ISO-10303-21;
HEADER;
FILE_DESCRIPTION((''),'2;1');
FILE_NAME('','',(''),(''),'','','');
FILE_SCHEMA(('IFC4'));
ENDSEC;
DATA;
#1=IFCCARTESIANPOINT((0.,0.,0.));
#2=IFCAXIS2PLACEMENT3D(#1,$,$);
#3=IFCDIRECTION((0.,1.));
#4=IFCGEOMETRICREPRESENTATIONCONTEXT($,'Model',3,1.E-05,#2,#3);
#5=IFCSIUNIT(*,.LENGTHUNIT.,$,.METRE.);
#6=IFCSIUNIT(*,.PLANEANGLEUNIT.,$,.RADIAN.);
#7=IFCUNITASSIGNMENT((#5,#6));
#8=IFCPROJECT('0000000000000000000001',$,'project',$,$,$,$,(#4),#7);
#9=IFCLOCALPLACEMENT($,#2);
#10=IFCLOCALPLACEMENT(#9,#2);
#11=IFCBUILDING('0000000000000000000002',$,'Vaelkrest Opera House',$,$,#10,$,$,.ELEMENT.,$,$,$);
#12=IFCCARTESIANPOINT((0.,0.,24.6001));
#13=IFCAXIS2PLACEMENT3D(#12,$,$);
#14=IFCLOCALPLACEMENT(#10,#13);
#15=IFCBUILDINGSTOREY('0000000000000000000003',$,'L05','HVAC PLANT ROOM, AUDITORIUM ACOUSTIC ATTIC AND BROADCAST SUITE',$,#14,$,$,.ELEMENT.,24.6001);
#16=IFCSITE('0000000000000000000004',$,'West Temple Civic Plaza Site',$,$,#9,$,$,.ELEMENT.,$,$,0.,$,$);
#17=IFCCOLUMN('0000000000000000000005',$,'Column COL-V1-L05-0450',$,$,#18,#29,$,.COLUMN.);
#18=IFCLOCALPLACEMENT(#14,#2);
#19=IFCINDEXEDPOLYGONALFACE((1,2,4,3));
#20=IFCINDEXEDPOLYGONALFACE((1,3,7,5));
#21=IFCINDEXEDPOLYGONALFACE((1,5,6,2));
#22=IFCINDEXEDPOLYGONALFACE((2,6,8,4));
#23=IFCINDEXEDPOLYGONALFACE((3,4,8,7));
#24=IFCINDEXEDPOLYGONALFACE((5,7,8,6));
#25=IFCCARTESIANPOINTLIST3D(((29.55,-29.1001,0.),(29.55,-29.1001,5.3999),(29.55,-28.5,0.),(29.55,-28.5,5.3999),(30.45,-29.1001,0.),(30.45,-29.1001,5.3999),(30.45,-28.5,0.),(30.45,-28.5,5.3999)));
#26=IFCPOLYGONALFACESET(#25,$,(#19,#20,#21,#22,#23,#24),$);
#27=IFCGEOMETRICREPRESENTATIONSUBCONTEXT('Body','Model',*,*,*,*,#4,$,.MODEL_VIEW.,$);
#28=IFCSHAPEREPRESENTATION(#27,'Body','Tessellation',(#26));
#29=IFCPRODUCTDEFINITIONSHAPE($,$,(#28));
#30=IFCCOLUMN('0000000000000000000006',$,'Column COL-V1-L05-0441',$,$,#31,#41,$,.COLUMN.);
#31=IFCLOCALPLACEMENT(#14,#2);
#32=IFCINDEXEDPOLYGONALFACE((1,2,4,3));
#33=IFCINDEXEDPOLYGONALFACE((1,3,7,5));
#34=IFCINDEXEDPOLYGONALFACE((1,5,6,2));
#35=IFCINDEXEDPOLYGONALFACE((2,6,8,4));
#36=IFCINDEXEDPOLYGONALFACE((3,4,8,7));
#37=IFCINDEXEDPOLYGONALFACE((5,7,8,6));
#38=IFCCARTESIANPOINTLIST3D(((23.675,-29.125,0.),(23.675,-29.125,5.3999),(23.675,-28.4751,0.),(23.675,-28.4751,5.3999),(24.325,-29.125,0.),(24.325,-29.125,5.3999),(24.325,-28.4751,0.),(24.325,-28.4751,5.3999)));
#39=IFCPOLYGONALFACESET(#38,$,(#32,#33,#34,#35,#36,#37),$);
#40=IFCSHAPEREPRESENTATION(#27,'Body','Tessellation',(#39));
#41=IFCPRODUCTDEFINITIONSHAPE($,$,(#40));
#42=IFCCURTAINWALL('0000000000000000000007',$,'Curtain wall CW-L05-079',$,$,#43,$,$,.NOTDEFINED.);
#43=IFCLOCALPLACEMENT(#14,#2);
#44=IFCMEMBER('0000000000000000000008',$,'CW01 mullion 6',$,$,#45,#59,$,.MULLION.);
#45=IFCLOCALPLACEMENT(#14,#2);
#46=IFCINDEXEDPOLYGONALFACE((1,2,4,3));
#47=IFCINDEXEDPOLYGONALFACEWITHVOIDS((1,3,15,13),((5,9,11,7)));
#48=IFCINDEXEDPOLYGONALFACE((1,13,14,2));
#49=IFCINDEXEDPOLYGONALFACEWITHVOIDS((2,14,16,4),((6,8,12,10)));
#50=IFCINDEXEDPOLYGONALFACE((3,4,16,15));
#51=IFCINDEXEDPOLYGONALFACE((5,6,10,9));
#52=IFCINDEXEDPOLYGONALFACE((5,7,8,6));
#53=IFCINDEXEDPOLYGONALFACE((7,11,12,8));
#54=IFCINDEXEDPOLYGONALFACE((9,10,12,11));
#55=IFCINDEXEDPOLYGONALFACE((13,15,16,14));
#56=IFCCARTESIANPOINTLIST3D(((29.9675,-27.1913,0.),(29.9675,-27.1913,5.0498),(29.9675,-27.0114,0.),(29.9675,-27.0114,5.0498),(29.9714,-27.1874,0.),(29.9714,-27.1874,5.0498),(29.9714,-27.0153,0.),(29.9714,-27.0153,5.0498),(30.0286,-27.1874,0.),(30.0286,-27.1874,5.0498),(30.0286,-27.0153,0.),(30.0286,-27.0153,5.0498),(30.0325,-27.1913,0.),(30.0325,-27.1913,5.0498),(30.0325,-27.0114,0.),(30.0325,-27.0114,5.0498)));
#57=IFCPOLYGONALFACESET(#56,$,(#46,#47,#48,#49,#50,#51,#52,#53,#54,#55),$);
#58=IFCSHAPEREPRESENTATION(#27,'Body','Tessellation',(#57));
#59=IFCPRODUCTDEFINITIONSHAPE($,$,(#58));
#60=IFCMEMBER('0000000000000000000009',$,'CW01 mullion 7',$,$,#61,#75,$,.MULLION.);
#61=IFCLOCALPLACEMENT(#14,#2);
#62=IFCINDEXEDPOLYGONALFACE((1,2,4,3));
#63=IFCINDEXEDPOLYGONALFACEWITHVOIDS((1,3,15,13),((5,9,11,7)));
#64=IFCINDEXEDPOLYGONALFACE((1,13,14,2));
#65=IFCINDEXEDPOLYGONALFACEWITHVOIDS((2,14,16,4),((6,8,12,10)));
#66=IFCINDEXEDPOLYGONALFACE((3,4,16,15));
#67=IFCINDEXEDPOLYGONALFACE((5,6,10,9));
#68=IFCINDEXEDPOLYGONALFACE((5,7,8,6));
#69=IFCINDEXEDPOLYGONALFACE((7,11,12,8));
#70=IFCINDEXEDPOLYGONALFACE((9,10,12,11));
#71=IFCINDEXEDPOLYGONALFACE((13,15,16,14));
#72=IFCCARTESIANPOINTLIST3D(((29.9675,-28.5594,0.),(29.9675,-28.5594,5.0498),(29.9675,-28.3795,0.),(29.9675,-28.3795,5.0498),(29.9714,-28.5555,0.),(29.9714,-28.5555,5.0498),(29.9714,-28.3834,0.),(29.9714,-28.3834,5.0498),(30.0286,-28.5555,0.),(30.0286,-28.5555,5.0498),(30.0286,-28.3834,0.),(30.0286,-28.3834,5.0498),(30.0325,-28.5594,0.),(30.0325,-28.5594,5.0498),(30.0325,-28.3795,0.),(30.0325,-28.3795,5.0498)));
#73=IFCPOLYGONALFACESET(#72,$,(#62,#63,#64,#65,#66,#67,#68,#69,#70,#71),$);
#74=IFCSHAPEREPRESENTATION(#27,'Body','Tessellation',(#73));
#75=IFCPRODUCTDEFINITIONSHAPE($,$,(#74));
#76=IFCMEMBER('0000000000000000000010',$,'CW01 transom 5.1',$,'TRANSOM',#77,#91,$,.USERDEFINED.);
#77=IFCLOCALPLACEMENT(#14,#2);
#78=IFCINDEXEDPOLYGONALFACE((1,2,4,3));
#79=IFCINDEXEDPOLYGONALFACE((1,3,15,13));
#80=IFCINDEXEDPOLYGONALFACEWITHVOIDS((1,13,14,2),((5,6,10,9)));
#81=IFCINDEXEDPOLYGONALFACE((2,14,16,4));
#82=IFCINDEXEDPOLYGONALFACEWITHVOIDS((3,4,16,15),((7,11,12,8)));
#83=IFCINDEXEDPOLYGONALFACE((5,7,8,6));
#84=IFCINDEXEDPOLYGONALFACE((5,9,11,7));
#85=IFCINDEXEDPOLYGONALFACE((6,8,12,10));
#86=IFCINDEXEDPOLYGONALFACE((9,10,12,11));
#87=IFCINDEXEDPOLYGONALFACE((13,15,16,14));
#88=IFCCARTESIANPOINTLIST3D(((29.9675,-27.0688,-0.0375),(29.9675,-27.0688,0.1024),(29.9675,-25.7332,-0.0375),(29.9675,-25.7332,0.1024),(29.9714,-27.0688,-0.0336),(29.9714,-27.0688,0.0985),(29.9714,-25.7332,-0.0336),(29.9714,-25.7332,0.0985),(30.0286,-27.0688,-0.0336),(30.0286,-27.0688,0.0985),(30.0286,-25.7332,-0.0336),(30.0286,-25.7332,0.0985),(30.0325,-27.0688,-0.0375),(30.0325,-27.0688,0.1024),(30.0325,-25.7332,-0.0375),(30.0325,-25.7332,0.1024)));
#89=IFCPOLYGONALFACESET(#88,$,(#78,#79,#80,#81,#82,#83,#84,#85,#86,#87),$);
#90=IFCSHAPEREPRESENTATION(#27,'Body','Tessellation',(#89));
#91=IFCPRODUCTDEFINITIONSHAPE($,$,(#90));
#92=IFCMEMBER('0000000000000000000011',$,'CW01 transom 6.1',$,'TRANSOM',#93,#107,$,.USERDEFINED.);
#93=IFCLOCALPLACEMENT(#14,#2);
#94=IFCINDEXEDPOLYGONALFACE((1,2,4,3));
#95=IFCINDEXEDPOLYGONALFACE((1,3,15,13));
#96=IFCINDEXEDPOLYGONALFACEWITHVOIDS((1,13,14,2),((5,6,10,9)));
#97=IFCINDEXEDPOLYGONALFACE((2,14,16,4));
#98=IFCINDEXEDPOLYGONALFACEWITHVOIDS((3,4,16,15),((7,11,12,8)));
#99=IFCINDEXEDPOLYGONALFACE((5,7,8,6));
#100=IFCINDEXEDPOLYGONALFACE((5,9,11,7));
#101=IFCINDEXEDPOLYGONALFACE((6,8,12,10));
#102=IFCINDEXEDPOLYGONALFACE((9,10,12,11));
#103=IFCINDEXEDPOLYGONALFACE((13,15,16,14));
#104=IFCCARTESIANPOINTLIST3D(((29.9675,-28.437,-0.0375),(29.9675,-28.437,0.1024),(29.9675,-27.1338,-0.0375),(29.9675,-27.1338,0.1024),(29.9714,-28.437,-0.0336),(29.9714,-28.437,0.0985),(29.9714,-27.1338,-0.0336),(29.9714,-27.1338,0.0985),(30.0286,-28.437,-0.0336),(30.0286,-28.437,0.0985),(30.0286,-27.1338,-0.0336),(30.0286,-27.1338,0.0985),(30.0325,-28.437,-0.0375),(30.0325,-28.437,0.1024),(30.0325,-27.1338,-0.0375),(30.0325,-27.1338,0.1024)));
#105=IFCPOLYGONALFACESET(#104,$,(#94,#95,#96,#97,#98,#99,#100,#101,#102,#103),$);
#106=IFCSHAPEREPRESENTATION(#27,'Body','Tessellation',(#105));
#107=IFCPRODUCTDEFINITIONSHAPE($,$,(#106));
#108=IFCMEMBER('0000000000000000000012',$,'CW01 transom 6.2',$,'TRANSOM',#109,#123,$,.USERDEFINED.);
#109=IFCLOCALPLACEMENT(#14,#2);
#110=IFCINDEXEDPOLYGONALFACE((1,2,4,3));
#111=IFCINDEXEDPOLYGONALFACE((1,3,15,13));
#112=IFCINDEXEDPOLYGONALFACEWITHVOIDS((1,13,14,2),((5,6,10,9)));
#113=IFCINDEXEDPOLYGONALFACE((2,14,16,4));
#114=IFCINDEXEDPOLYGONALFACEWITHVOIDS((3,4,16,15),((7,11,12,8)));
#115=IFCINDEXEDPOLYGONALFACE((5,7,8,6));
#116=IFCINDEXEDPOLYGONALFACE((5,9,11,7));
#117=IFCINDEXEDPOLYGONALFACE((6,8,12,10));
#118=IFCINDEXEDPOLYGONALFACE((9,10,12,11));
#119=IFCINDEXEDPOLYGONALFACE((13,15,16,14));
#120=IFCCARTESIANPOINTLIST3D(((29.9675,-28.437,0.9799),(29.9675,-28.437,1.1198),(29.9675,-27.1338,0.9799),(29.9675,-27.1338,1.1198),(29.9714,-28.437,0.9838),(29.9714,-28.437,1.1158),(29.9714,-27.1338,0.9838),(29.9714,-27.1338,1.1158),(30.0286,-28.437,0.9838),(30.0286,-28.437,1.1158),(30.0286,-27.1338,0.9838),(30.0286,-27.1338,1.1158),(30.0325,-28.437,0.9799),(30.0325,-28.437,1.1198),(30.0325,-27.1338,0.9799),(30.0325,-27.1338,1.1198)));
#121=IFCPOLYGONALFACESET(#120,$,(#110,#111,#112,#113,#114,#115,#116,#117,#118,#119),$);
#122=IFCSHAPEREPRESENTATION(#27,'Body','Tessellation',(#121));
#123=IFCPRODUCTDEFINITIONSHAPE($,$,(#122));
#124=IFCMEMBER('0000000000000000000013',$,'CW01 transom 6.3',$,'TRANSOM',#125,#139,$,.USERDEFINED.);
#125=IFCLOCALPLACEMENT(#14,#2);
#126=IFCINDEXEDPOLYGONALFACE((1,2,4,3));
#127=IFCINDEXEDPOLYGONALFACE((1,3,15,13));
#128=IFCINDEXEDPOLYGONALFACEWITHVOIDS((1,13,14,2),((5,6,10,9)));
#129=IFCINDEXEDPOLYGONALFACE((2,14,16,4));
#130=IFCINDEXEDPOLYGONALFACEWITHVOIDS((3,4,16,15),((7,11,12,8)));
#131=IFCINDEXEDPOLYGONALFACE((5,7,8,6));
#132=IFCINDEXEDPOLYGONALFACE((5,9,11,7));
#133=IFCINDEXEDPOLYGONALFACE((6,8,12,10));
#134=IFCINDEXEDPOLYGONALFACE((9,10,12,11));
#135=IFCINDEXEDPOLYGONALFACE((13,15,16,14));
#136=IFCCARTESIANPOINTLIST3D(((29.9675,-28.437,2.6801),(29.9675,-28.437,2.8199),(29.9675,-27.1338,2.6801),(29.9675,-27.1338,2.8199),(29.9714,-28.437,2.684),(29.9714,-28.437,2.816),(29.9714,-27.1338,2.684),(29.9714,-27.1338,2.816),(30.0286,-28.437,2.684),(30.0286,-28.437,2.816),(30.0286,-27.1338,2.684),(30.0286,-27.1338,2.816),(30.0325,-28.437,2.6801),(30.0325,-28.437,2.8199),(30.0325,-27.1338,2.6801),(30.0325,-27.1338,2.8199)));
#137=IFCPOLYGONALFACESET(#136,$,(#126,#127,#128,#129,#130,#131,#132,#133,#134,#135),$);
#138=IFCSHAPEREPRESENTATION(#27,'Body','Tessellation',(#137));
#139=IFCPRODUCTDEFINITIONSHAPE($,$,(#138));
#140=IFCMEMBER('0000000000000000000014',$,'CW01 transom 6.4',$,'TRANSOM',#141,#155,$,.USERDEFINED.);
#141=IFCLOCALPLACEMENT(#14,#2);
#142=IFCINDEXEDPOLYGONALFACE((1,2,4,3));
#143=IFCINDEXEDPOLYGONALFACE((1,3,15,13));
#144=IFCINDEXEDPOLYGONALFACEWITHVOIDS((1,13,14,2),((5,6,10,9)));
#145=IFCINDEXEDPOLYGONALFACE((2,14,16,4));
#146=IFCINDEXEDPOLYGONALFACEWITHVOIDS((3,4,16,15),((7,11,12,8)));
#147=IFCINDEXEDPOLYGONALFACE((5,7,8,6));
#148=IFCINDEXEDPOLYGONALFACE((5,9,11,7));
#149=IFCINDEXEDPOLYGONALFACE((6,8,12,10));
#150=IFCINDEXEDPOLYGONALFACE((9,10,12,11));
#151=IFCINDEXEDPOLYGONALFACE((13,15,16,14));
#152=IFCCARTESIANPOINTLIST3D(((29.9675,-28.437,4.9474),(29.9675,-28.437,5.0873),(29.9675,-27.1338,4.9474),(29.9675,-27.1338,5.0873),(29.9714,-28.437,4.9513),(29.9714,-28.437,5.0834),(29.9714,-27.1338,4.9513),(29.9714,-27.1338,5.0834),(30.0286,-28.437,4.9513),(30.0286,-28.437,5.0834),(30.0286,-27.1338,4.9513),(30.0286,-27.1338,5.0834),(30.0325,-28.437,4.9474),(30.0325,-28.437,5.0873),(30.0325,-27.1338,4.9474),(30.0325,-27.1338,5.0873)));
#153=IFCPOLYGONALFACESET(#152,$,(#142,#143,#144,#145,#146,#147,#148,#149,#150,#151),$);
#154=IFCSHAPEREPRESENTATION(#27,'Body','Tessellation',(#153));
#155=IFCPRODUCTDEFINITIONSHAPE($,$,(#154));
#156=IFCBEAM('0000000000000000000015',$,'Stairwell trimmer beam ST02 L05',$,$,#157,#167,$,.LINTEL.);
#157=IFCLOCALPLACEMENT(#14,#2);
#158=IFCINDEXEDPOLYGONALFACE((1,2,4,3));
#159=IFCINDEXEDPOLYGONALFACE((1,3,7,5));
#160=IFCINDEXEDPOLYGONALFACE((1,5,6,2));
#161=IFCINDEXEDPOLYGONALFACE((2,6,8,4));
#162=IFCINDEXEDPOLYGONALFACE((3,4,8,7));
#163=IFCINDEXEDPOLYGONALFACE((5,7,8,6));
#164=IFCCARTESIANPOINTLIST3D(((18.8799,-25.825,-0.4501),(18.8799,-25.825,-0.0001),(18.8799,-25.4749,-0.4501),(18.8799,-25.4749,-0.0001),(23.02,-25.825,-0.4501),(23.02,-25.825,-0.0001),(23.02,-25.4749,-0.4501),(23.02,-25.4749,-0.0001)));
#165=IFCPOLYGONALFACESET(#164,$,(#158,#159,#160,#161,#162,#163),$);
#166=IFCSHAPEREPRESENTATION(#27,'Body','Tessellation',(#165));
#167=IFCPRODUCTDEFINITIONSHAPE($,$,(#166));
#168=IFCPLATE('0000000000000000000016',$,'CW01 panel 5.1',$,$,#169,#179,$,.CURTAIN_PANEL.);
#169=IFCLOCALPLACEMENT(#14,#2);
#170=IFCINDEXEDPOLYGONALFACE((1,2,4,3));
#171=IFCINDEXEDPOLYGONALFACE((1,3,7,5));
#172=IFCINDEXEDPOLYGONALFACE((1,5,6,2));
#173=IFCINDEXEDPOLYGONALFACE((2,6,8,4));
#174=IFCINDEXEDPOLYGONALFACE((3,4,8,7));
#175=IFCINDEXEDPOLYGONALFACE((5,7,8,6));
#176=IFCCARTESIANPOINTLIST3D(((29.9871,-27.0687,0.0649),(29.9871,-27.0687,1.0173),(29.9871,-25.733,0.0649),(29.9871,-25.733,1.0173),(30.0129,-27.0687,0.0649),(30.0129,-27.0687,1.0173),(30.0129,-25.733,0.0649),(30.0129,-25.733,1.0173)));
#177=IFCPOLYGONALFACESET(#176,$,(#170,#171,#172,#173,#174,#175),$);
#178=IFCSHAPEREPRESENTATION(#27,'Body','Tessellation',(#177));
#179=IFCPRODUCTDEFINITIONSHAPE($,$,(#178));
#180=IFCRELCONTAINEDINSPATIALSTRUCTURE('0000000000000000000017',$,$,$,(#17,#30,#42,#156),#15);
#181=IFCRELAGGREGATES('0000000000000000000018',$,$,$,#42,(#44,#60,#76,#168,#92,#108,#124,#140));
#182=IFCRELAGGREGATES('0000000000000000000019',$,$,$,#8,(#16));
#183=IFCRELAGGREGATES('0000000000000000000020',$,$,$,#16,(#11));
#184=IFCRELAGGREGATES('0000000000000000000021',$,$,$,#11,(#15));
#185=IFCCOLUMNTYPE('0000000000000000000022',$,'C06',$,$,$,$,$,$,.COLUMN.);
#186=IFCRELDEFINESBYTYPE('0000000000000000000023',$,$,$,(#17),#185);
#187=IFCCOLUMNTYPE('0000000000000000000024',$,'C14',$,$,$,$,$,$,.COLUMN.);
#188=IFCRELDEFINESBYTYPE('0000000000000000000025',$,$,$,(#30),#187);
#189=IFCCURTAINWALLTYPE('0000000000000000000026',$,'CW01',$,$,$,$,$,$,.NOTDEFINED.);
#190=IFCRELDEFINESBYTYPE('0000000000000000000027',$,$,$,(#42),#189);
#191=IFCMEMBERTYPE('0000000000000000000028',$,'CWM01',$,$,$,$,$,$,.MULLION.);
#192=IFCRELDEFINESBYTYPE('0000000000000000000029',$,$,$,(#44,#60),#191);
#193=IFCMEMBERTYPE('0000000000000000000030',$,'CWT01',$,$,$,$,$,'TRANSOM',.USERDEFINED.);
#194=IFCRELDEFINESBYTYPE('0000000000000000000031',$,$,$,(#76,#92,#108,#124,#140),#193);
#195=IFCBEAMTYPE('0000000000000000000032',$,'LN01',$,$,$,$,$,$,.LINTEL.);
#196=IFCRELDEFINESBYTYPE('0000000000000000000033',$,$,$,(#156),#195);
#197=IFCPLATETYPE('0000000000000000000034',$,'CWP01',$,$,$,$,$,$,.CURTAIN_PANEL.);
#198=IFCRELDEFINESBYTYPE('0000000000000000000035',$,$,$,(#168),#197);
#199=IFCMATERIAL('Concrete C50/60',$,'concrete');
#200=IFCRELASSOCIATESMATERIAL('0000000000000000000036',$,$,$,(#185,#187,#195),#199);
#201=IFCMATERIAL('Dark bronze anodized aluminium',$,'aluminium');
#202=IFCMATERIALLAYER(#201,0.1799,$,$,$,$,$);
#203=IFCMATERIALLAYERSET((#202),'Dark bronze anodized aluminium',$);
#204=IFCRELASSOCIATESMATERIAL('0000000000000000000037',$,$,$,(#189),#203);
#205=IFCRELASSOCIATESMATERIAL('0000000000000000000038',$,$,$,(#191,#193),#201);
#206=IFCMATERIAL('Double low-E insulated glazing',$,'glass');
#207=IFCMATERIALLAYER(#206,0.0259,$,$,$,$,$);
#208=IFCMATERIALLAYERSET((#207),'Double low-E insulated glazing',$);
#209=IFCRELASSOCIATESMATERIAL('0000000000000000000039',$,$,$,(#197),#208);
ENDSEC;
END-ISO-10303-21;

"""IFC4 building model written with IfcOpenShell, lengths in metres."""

from ifc_helpers import new_model, si_unit, direction, frame, origin, origin_2d, place, context, subcontext, project, spatial, rectangle, hollow_rectangle, extrude, material, layer, layer_set, material_profile, profile_set, type_object, element, aggregate, save


model = new_model("IFC4")

# Units and contexts
model_context = context("Model", 3, precision=1e-05, world=origin(), true_north=direction((0.0, 1.0)))
body_context = subcontext(model_context, "Body", "Model", "MODEL_VIEW")
ifc_project = project(units=[si_unit("LENGTHUNIT", "METRE"), si_unit("PLANEANGLEUNIT", "RADIAN")], contexts=[model_context])

# Site, building, storey
site_placement = place(None, origin())
site = spatial("IfcSite", under=ifc_project, at=site_placement, Name="West Temple Civic Plaza Site", CompositionType="ELEMENT", RefElevation=0.0)
building_placement = place(site_placement, origin())
building = spatial("IfcBuilding", under=site, at=building_placement, Name="Vaelkrest Opera House", CompositionType="ELEMENT")
storey_placement = place(building_placement, frame((0.0, 0.0, 24.6001)))
storey = spatial("IfcBuildingStorey", under=building, at=storey_placement, Name="L05", Description="HVAC PLANT ROOM, AUDITORIUM ACOUSTIC ATTIC AND BROADCAST SUITE", CompositionType="ELEMENT", Elevation=24.6001)

# Columns
ifc_material_1 = material(Name="Concrete C50/60", Category="concrete")
ifc_material_profile_1 = material_profile(ifc_material_1, rectangle(XDim=0.6001, YDim=0.8999, at=origin_2d()), Name="RC600X900")
ifc_profile_set_1 = profile_set([ifc_material_profile_1], Name="Concrete C50/60")
column_type_1 = type_object("IfcColumnType", Name="C06", PredefinedType="COLUMN", material=ifc_profile_set_1)
column_1_placement = place(storey_placement, frame((30.0, -28.8, 0.0), z_axis=(0.0, 0.0, 1.0), x_axis=(0.0, 1.0, 0.0)))
element("IfcColumn", 1, at=column_1_placement, inside=storey, type_object=column_type_1, Name="Column COL-V1-L05-0450", PredefinedType="COLUMN", context=body_context, shape_type="SweptSolid", body=[
    extrude(rectangle(XDim=0.6001, YDim=0.8999, at=origin_2d()), origin(), (0.0, 0.0, 1.0), 5.3999),
])
ifc_material_profile_2 = material_profile(ifc_material_1, rectangle(XDim=0.6499, YDim=0.6499, at=origin_2d()), Name="RC650X650")
ifc_profile_set_2 = profile_set([ifc_material_profile_2], Name="Concrete C50/60")
column_type_2 = type_object("IfcColumnType", Name="C14", PredefinedType="COLUMN", material=ifc_profile_set_2)
column_2_placement = place(storey_placement, frame((24.0, -28.8, 0.0), z_axis=(0.0, 0.0, 1.0), x_axis=(1.0, 0.0, 0.0)))
element("IfcColumn", 2, at=column_2_placement, inside=storey, type_object=column_type_2, Name="Column COL-V1-L05-0441", PredefinedType="COLUMN", context=body_context, shape_type="SweptSolid", body=[
    extrude(rectangle(XDim=0.6499, YDim=0.6499, at=origin_2d()), origin(), (0.0, 0.0, 1.0), 5.3999),
])

# Curtain wall, members
ifc_material_2 = material(Name="Dark bronze anodized aluminium", Category="aluminium")
ifc_layer_1 = layer(ifc_material_2, 0.1799)
ifc_layer_set_1 = layer_set([ifc_layer_1], Name="Dark bronze anodized aluminium")
curtain_wall_type = type_object("IfcCurtainWallType", Name="CW01", PredefinedType="NOTDEFINED", material=ifc_layer_set_1)
curtain_wall_placement = place(storey_placement, origin())
curtain_wall = element("IfcCurtainWall", 3, at=curtain_wall_placement, inside=storey, type_object=curtain_wall_type, Name="Curtain wall CW-L05-079", PredefinedType="NOTDEFINED")
ifc_material_profile_3 = material_profile(ifc_material_2, hollow_rectangle(XDim=0.0649, YDim=0.1799, WallThickness=0.0039, at=origin_2d()), Name="CWM65X180")
ifc_profile_set_3 = profile_set([ifc_material_profile_3], Name="Dark bronze anodized aluminium")
member_type_1 = type_object("IfcMemberType", Name="CWM01", PredefinedType="MULLION", material=ifc_profile_set_3)
member_1_placement = place(storey_placement, frame((30.0, -27.1013, 0.0), z_axis=(0.0, 0.0, 1.0), x_axis=(1.0, 0.0, 0.0)))
member_1 = element("IfcMember", 4, at=member_1_placement, type_object=member_type_1, Name="CW01 mullion 6", PredefinedType="MULLION", context=body_context, shape_type="SweptSolid", body=[
    extrude(hollow_rectangle(XDim=0.0649, YDim=0.1799, WallThickness=0.0039, at=origin_2d()), origin(), (0.0, 0.0, 1.0), 5.0498),
])
member_2_placement = place(storey_placement, frame((30.0, -28.4695, 0.0), z_axis=(0.0, 0.0, 1.0), x_axis=(1.0, 0.0, 0.0)))
member_2 = element("IfcMember", 5, at=member_2_placement, type_object=member_type_1, Name="CW01 mullion 7", PredefinedType="MULLION", context=body_context, shape_type="SweptSolid", body=[
    extrude(hollow_rectangle(XDim=0.0649, YDim=0.1799, WallThickness=0.0039, at=origin_2d()), origin(), (0.0, 0.0, 1.0), 5.0498),
])
ifc_material_profile_4 = material_profile(ifc_material_2, hollow_rectangle(XDim=0.0649, YDim=0.1399, WallThickness=0.0039, at=origin_2d()), Name="CWT65X140")
ifc_profile_set_4 = profile_set([ifc_material_profile_4], Name="Dark bronze anodized aluminium")
member_type_2 = type_object("IfcMemberType", Name="CWT01", ElementType="TRANSOM", PredefinedType="USERDEFINED", material=ifc_profile_set_4)
member_3_placement = place(storey_placement, frame((30.0, -25.7332, 0.0325), z_axis=(0.0, -1.0, 0.0), x_axis=(1.0, 0.0, 0.0)))
member_3 = element("IfcMember", 6, at=member_3_placement, type_object=member_type_2, Name="CW01 transom 5.1", ObjectType="TRANSOM", PredefinedType="USERDEFINED", context=body_context, shape_type="SweptSolid", body=[
    extrude(hollow_rectangle(XDim=0.0649, YDim=0.1399, WallThickness=0.0039, at=origin_2d()), origin(), (0.0, 0.0, 1.0), 1.3357),
])
member_4_placement = place(storey_placement, frame((30.0, -27.1338, 0.0325), z_axis=(0.0, -1.0, 0.0), x_axis=(1.0, 0.0, 0.0)))
member_4 = element("IfcMember", 7, at=member_4_placement, type_object=member_type_2, Name="CW01 transom 6.1", ObjectType="TRANSOM", PredefinedType="USERDEFINED", context=body_context, shape_type="SweptSolid", body=[
    extrude(hollow_rectangle(XDim=0.0649, YDim=0.1399, WallThickness=0.0039, at=origin_2d()), origin(), (0.0, 0.0, 1.0), 1.3032),
])
member_5_placement = place(storey_placement, frame((30.0, -27.1338, 1.0498), z_axis=(0.0, -1.0, 0.0), x_axis=(1.0, 0.0, 0.0)))
member_5 = element("IfcMember", 8, at=member_5_placement, type_object=member_type_2, Name="CW01 transom 6.2", ObjectType="TRANSOM", PredefinedType="USERDEFINED", context=body_context, shape_type="SweptSolid", body=[
    extrude(hollow_rectangle(XDim=0.0649, YDim=0.1399, WallThickness=0.0039, at=origin_2d()), origin(), (0.0, 0.0, 1.0), 1.3032),
])
member_6_placement = place(storey_placement, frame((30.0, -27.1338, 2.75), z_axis=(0.0, -1.0, 0.0), x_axis=(1.0, 0.0, 0.0)))
member_6 = element("IfcMember", 9, at=member_6_placement, type_object=member_type_2, Name="CW01 transom 6.3", ObjectType="TRANSOM", PredefinedType="USERDEFINED", context=body_context, shape_type="SweptSolid", body=[
    extrude(hollow_rectangle(XDim=0.0649, YDim=0.1399, WallThickness=0.0039, at=origin_2d()), origin(), (0.0, 0.0, 1.0), 1.3032),
])
member_7_placement = place(storey_placement, frame((30.0, -27.1338, 5.0173), z_axis=(0.0, -1.0, 0.0), x_axis=(1.0, 0.0, 0.0)))
member_7 = element("IfcMember", 10, at=member_7_placement, type_object=member_type_2, Name="CW01 transom 6.4", ObjectType="TRANSOM", PredefinedType="USERDEFINED", context=body_context, shape_type="SweptSolid", body=[
    extrude(hollow_rectangle(XDim=0.0649, YDim=0.1399, WallThickness=0.0039, at=origin_2d()), origin(), (0.0, 0.0, 1.0), 1.3032),
])

# Beam
ifc_material_profile_5 = material_profile(ifc_material_1, rectangle(XDim=0.3501, YDim=0.45, at=origin_2d()), Name="RCB350X450")
ifc_profile_set_5 = profile_set([ifc_material_profile_5], Name="Concrete C50/60")
beam_type = type_object("IfcBeamType", Name="LN01", PredefinedType="LINTEL", material=ifc_profile_set_5)
beam_placement = place(storey_placement, frame((18.8799, -25.6499, -0.2251), z_axis=(1.0, 0.0, 0.0), x_axis=(0.0, 1.0, 0.0)))
element("IfcBeam", 11, at=beam_placement, inside=storey, type_object=beam_type, Name="Stairwell trimmer beam ST02 L05", PredefinedType="LINTEL", context=body_context, shape_type="SweptSolid", body=[
    extrude(rectangle(XDim=0.3501, YDim=0.45, at=origin_2d()), origin(), (0.0, 0.0, 1.0), 4.1401),
])

# Plate
ifc_material_3 = material(Name="Double low-E insulated glazing", Category="glass")
ifc_layer_2 = layer(ifc_material_3, 0.0259)
ifc_layer_set_2 = layer_set([ifc_layer_2], Name="Double low-E insulated glazing")
plate_type = type_object("IfcPlateType", Name="CWP01", PredefinedType="CURTAIN_PANEL", material=ifc_layer_set_2)
plate_1_placement = place(storey_placement, frame((30.0, -26.4009, 0.0649), z_axis=(0.0, 0.0, 1.0), x_axis=(0.0, -1.0, 0.0)))
plate_1 = element("IfcPlate", 12, at=plate_1_placement, type_object=plate_type, Name="CW01 panel 5.1", PredefinedType="CURTAIN_PANEL", context=body_context, shape_type="SweptSolid", body=[
    extrude(rectangle(XDim=1.3357, YDim=0.0259, at=origin_2d()), origin(), (0.0, 0.0, 1.0), 0.9524),
])
aggregate(curtain_wall, [member_1, member_2, member_3, plate_1, member_4, member_5, member_6, member_7])

save(model, "model.ifc")
